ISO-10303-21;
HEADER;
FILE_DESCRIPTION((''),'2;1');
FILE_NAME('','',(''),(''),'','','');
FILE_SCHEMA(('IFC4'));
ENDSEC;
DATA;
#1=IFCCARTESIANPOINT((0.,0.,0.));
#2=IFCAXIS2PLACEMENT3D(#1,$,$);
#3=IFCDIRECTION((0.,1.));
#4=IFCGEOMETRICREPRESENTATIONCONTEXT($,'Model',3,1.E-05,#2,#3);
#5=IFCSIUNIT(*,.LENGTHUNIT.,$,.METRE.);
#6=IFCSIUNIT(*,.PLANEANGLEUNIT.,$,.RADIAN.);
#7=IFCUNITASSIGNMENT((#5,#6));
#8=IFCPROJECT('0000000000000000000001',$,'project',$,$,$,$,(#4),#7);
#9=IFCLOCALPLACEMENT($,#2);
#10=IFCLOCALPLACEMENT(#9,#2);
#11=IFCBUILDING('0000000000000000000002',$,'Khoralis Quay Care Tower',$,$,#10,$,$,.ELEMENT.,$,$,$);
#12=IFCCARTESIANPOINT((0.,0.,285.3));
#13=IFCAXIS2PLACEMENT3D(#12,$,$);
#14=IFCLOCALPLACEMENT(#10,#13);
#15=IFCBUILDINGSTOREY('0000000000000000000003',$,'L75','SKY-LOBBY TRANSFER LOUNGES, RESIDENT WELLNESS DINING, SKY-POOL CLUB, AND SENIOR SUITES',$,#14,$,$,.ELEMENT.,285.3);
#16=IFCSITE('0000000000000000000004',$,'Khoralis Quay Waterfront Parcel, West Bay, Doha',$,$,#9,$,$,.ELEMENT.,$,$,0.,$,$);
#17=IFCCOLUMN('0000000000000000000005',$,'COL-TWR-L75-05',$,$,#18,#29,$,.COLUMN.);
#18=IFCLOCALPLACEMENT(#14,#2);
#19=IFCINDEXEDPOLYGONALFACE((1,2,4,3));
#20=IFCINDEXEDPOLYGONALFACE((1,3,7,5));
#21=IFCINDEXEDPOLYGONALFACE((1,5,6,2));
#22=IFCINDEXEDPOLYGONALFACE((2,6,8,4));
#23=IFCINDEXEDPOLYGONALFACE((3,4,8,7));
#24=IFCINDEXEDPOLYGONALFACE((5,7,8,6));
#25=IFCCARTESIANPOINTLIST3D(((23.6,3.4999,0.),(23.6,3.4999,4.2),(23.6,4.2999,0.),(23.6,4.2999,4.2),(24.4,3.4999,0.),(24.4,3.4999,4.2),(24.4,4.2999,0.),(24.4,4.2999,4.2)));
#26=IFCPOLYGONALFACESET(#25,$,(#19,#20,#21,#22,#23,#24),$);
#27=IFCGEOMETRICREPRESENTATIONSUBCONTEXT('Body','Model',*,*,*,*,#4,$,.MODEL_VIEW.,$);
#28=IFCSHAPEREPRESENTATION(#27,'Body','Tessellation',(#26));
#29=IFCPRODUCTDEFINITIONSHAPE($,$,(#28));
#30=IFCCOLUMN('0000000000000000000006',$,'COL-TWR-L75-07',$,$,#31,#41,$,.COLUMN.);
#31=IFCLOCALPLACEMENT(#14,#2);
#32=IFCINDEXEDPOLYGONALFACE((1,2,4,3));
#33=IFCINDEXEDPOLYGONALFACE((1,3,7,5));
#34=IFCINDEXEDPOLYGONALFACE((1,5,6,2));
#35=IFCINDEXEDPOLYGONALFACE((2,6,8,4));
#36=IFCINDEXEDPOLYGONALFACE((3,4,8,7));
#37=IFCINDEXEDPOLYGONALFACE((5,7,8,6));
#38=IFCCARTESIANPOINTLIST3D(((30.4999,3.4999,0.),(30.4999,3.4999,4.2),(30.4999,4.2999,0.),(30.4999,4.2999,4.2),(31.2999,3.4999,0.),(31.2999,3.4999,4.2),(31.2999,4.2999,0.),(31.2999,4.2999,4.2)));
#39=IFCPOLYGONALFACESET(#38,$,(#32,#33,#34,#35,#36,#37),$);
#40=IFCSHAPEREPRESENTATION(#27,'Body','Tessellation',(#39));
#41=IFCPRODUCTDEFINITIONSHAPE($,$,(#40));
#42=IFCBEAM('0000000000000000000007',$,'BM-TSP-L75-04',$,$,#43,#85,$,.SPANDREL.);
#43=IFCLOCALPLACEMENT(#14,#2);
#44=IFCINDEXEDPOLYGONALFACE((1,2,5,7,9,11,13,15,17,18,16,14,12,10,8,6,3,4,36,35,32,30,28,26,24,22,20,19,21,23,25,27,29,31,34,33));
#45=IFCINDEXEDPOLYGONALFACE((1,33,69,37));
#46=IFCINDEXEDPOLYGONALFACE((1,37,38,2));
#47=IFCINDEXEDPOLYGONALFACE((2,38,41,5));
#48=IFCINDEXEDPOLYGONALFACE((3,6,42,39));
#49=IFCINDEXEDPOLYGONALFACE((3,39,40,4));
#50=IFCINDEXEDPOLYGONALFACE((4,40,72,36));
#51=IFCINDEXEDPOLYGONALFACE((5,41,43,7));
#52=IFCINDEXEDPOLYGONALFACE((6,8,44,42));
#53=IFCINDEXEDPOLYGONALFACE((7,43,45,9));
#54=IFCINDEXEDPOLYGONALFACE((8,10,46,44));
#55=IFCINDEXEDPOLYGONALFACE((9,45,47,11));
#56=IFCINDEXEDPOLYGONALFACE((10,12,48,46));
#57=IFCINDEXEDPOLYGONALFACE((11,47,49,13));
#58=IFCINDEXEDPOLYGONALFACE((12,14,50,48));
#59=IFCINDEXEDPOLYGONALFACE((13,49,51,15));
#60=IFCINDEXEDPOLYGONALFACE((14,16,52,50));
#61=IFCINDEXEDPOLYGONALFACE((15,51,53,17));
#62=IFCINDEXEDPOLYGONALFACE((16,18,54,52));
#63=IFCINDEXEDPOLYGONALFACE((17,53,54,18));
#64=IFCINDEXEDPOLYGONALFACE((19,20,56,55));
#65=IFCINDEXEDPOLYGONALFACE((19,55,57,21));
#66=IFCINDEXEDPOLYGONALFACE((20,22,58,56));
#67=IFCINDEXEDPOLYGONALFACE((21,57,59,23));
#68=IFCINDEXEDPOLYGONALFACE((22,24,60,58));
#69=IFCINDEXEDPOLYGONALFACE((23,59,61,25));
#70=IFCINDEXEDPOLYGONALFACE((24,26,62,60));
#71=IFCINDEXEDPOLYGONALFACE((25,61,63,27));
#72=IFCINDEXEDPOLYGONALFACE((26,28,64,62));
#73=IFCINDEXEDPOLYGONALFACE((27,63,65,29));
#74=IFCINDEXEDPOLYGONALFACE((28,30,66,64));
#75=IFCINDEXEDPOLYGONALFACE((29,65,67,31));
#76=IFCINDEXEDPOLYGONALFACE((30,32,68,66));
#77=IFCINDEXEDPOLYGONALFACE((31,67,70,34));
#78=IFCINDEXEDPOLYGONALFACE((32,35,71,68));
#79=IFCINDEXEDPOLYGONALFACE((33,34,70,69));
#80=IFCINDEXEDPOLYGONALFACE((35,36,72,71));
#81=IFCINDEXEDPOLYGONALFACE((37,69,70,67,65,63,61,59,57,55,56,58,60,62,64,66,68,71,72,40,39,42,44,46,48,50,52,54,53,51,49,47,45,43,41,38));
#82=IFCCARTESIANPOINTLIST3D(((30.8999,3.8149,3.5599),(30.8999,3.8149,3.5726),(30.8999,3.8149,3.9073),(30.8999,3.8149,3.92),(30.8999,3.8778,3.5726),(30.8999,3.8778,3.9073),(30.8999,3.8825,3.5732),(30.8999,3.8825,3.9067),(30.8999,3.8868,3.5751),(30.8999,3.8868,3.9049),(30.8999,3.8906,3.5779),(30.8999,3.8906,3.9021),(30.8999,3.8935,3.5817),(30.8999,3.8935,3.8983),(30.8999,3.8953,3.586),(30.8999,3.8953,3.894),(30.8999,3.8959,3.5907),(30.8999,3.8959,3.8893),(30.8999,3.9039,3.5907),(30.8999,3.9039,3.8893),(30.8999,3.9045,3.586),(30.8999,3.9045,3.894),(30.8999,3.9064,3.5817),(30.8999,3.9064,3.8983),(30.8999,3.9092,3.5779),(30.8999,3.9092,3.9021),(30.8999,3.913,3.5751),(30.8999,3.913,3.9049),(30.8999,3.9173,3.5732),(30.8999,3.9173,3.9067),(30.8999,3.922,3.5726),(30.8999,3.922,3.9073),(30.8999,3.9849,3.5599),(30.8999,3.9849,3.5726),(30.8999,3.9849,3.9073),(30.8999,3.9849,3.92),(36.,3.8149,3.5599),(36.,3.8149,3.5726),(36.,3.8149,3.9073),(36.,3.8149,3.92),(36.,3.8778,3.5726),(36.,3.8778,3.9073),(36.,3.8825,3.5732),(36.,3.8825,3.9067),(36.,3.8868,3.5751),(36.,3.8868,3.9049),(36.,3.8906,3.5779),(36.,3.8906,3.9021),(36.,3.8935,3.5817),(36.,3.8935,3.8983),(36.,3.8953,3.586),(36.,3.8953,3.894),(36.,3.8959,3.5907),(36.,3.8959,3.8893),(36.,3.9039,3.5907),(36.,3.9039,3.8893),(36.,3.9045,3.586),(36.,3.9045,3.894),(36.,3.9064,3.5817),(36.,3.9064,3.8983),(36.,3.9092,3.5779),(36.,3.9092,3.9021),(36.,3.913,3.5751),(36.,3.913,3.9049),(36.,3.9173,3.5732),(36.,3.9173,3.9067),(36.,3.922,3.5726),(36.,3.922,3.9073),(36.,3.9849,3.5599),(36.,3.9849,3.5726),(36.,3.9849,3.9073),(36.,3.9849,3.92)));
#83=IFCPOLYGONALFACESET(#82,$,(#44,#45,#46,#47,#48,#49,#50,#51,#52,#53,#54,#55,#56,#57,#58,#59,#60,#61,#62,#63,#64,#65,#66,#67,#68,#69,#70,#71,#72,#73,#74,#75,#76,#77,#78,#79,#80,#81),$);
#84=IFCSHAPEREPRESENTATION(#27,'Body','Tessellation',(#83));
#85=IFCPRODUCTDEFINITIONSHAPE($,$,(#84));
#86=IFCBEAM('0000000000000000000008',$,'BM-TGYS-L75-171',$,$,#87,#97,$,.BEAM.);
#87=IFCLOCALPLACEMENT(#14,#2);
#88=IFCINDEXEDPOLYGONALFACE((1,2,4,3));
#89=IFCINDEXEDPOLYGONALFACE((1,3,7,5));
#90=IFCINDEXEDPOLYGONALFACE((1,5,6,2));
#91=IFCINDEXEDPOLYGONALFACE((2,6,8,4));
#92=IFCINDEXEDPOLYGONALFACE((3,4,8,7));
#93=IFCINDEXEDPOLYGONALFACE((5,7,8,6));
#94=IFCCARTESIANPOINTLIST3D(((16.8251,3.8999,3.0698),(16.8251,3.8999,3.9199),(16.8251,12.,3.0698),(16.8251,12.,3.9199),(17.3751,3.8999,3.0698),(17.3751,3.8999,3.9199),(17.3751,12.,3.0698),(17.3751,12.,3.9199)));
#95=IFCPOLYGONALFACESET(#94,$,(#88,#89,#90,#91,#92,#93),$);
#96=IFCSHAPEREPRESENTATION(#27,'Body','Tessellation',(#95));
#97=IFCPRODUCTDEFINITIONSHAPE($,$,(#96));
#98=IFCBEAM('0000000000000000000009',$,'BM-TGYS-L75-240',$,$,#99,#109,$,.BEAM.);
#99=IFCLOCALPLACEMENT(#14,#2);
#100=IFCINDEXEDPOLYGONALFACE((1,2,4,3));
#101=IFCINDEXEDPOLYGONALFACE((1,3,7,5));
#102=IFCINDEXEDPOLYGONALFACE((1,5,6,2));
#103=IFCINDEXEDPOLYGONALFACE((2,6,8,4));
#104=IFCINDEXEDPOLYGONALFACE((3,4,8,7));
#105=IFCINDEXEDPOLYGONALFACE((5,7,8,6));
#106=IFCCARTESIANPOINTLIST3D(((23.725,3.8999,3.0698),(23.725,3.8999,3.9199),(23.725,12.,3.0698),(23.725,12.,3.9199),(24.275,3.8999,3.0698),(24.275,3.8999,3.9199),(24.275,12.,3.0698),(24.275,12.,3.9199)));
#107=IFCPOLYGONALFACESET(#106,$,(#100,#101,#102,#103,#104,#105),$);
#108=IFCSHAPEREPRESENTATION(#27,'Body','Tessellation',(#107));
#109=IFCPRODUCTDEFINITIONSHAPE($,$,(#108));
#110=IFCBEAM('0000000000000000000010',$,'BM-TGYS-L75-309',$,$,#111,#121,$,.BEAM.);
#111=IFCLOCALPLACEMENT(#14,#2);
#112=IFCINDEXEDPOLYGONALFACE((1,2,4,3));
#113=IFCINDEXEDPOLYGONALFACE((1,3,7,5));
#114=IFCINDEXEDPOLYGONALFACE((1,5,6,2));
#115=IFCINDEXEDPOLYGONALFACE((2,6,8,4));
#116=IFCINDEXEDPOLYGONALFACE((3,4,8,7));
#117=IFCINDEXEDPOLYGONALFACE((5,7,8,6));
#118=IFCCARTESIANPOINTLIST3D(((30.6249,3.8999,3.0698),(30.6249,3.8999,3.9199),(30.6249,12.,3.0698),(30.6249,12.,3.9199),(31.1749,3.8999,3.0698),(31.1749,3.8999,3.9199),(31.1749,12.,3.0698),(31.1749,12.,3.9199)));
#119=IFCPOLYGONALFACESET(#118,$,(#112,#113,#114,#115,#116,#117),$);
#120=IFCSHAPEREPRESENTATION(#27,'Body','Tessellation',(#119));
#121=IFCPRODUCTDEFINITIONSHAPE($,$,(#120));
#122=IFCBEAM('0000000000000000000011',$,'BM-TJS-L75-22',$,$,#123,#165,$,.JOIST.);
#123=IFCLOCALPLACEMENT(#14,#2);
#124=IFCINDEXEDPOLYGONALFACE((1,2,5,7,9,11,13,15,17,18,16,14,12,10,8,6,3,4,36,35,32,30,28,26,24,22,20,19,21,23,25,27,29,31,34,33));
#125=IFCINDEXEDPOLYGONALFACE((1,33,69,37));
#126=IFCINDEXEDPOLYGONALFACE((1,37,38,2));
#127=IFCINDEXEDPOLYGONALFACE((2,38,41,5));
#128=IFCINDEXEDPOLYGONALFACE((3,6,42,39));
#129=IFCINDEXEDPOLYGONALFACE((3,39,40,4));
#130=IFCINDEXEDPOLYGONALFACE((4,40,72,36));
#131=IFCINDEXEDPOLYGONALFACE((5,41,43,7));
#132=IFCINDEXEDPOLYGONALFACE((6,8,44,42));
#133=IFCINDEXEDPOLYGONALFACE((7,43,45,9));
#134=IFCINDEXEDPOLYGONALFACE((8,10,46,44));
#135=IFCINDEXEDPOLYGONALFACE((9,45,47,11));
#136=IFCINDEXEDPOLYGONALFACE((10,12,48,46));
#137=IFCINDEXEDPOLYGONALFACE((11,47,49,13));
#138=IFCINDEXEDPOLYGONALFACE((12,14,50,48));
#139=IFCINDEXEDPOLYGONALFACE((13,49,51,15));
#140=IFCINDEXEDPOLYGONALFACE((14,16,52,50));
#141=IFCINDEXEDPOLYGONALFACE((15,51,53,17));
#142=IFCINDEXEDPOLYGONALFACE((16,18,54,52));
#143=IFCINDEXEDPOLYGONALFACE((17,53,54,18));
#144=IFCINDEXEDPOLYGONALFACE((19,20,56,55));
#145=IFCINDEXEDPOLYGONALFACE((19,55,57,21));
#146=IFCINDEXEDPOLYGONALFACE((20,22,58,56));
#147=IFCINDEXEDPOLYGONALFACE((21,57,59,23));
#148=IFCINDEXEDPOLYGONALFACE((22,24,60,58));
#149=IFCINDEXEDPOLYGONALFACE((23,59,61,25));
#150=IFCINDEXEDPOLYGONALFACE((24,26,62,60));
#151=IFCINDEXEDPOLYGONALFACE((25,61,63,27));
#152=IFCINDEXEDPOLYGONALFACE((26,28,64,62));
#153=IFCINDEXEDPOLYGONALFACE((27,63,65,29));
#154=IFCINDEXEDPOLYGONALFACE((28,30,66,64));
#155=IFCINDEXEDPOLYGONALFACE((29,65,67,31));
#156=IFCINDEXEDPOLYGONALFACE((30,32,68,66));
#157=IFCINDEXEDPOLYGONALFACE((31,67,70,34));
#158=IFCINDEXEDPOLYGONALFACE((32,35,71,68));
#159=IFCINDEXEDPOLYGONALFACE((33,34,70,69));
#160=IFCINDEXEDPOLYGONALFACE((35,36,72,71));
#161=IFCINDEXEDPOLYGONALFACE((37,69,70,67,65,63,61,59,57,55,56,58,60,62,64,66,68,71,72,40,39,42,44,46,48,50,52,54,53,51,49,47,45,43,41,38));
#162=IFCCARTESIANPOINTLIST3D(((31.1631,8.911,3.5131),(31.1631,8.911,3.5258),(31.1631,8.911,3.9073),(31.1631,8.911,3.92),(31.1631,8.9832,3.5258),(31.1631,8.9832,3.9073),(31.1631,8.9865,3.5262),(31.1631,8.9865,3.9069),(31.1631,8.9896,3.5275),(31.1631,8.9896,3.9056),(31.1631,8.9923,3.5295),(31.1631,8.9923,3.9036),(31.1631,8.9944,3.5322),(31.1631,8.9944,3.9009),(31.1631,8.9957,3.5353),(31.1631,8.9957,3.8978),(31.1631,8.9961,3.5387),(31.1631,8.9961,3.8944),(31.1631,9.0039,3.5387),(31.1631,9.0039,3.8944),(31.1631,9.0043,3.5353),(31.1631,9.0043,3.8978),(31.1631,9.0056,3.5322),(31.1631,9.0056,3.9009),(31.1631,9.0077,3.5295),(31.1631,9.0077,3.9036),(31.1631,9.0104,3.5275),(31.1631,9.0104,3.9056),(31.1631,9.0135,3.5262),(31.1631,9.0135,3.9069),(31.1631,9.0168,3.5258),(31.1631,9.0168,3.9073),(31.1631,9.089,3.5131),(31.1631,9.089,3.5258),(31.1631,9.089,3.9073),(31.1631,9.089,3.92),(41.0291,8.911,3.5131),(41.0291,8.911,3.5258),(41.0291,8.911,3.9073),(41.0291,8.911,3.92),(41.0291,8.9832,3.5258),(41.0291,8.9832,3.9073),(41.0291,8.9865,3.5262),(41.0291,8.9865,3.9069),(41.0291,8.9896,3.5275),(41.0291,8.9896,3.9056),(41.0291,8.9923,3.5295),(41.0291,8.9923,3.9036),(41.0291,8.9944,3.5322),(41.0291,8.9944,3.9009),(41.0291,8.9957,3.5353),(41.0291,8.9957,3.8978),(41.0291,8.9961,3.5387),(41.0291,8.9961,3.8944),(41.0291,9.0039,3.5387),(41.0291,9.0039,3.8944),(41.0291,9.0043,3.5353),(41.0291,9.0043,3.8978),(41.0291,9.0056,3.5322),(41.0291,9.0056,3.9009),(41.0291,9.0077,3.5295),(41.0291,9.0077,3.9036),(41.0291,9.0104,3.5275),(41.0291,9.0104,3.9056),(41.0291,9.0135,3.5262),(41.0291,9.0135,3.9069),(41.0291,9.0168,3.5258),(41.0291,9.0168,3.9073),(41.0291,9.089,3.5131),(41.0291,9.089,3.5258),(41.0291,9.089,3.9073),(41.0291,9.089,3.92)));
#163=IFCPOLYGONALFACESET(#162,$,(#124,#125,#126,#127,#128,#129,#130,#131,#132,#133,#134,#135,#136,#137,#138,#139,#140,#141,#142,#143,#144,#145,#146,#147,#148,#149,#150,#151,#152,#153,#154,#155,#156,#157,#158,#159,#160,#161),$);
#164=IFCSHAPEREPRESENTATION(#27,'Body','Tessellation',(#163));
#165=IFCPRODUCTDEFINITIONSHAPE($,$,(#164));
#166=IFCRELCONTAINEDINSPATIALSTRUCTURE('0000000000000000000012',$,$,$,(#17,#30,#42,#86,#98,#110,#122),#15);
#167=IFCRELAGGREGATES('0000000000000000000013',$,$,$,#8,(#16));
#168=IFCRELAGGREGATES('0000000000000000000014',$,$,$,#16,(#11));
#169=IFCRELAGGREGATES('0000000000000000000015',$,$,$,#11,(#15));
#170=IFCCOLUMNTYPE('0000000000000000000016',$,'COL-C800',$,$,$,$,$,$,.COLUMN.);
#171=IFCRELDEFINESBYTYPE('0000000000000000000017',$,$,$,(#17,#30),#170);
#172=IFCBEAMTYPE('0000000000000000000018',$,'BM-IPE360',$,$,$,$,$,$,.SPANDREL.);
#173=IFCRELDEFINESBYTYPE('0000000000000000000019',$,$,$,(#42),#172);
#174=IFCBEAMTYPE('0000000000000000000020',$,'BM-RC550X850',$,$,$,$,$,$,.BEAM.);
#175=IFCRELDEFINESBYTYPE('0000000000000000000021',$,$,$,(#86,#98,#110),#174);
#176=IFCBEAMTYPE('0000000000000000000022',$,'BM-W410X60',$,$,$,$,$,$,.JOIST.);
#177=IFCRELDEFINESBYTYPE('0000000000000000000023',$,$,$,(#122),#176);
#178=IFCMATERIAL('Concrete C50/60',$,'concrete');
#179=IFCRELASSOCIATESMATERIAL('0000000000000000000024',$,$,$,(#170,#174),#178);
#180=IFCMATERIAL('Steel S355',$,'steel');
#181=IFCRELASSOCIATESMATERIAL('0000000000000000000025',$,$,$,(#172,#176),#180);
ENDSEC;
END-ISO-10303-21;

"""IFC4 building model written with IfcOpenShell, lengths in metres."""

from ifc_helpers import new_model, si_unit, direction, frame, origin, origin_2d, place, context, subcontext, project, spatial, rectangle, i_section, extrude, source, transform, mapped, material, material_profile, profile_set, type_object, element, save


model = new_model("IFC4")

# Units and contexts
model_context = context("Model", 3, precision=1e-05, world=origin(), true_north=direction((0.0, 1.0)))
body_context = subcontext(model_context, "Body", "Model", "MODEL_VIEW")
ifc_project = project(units=[si_unit("LENGTHUNIT", "METRE"), si_unit("PLANEANGLEUNIT", "RADIAN")], contexts=[model_context])

# Site, building, storey
site_placement = place(None, origin())
site = spatial("IfcSite", under=ifc_project, at=site_placement, Name="Khoralis Quay Waterfront Parcel, West Bay, Doha", CompositionType="ELEMENT", RefElevation=0.0)
building_placement = place(site_placement, origin())
building = spatial("IfcBuilding", under=site, at=building_placement, Name="Khoralis Quay Care Tower", CompositionType="ELEMENT")
storey_placement = place(building_placement, frame((0.0, 0.0, 285.3)))
storey = spatial("IfcBuildingStorey", under=building, at=storey_placement, Name="L75", Description="SKY-LOBBY TRANSFER LOUNGES, RESIDENT WELLNESS DINING, SKY-POOL CLUB, AND SENIOR SUITES", CompositionType="ELEMENT", Elevation=285.3)

# Columns
ifc_material_1 = material(Name="Concrete C50/60", Category="concrete")
ifc_material_profile_1 = material_profile(ifc_material_1, rectangle(XDim=0.8, YDim=0.8, at=origin_2d()), Name="Concrete C50/60")
ifc_profile_set_1 = profile_set([ifc_material_profile_1], Name="Concrete C50/60")
column_type = type_object("IfcColumnType", Name="COL-C800", PredefinedType="COLUMN", material=ifc_profile_set_1)
shared_shape_1 = source(origin(), body_context, "Body", "SweptSolid", [
    extrude(rectangle(XDim=0.8, YDim=0.8, at=origin_2d()), origin(), (0.0, 0.0, 1.0), 4.2),
])
for number, where, z_axis, x_axis, name in (
    (1, (24.0, 3.8999, 0.0), (0.0, 0.0, 1.0), (1.0, 0.0, 0.0), "COL-TWR-L75-05"),
    (2, (30.8999, 3.8999, 0.0), (0.0, 0.0, 1.0), (1.0, 0.0, 0.0), "COL-TWR-L75-07"),
):
    element("IfcColumn", number, at=place(storey_placement, frame(where, z_axis=z_axis, x_axis=x_axis)), inside=storey, type_object=column_type, Name=name, PredefinedType="COLUMN", context=body_context, shape_type="MappedRepresentation", body=[
        mapped(shared_shape_1, transform((0.0, 0.0, 0.0), scale=1.0)),
    ])

# Beams
ifc_material_2 = material(Name="Steel S355", Category="steel")
ifc_material_profile_2 = material_profile(ifc_material_2, i_section(OverallWidth=0.1699, OverallDepth=0.3601, WebThickness=0.0081, FlangeThickness=0.0127, FilletRadius=0.0181, at=origin_2d()), Name="Steel S355")
ifc_profile_set_2 = profile_set([ifc_material_profile_2], Name="Steel S355")
beam_type_1 = type_object("IfcBeamType", Name="BM-IPE360", PredefinedType="SPANDREL", material=ifc_profile_set_2)
shared_shape_2 = source(origin(), body_context, "Body", "SweptSolid", [
    extrude(i_section(OverallWidth=0.1699, OverallDepth=0.3601, WebThickness=0.0081, FlangeThickness=0.0127, FilletRadius=0.0181, at=origin_2d()), origin(), (0.0, 0.0, 1.0), 5.1001),
])
beam_1_placement = place(storey_placement, frame((30.8999, 3.8999, 3.74), z_axis=(1.0, 0.0, 0.0), x_axis=(0.0, 1.0, 0.0)))
element("IfcBeam", 3, at=beam_1_placement, inside=storey, type_object=beam_type_1, Name="BM-TSP-L75-04", PredefinedType="SPANDREL", context=body_context, shape_type="MappedRepresentation", body=[
    mapped(shared_shape_2, transform((0.0, 0.0, 0.0), scale=1.0)),
])
ifc_material_profile_3 = material_profile(ifc_material_1, rectangle(XDim=0.55, YDim=0.8501, at=origin_2d()), Name="Concrete C50/60")
ifc_profile_set_3 = profile_set([ifc_material_profile_3], Name="Concrete C50/60")
beam_type_2 = type_object("IfcBeamType", Name="BM-RC550X850", PredefinedType="BEAM", material=ifc_profile_set_3)
shared_shape_3 = source(origin(), body_context, "Body", "SweptSolid", [
    extrude(rectangle(XDim=0.55, YDim=0.8501, at=origin_2d()), origin(), (0.0, 0.0, 1.0), 8.1001),
])
for number, where, z_axis, x_axis, name in (
    (4, (17.1001, 3.8999, 3.4949), (0.0, 1.0, 0.0), (-1.0, 0.0, 0.0), "BM-TGYS-L75-171"),
    (5, (24.0, 3.8999, 3.4949), (0.0, 1.0, 0.0), (-1.0, 0.0, 0.0), "BM-TGYS-L75-240"),
    (6, (30.8999, 3.8999, 3.4949), (0.0, 1.0, 0.0), (-1.0, 0.0, 0.0), "BM-TGYS-L75-309"),
):
    element("IfcBeam", number, at=place(storey_placement, frame(where, z_axis=z_axis, x_axis=x_axis)), inside=storey, type_object=beam_type_2, Name=name, PredefinedType="BEAM", context=body_context, shape_type="MappedRepresentation", body=[
        mapped(shared_shape_3, transform((0.0, 0.0, 0.0), scale=1.0)),
    ])
ifc_material_profile_4 = material_profile(ifc_material_2, i_section(OverallWidth=0.178, OverallDepth=0.407, WebThickness=0.0078, FlangeThickness=0.0127, FilletRadius=0.0129, at=origin_2d()), Name="Steel S355")
ifc_profile_set_4 = profile_set([ifc_material_profile_4], Name="Steel S355")
beam_type_3 = type_object("IfcBeamType", Name="BM-W410X60", PredefinedType="JOIST", material=ifc_profile_set_4)
shared_shape_4 = source(origin(), body_context, "Body", "SweptSolid", [
    extrude(i_section(OverallWidth=0.178, OverallDepth=0.407, WebThickness=0.0078, FlangeThickness=0.0127, FilletRadius=0.0129, at=origin_2d()), origin(), (0.0, 0.0, 1.0), 9.866),
])
beam_2_placement = place(storey_placement, frame((31.1631, 9.0, 3.7166), z_axis=(1.0, 0.0, 0.0), x_axis=(0.0, 1.0, 0.0)))
element("IfcBeam", 7, at=beam_2_placement, inside=storey, type_object=beam_type_3, Name="BM-TJS-L75-22", PredefinedType="JOIST", context=body_context, shape_type="MappedRepresentation", body=[
    mapped(shared_shape_4, transform((0.0, 0.0, 0.0), scale=1.0)),
])

save(model, "model.ifc")
